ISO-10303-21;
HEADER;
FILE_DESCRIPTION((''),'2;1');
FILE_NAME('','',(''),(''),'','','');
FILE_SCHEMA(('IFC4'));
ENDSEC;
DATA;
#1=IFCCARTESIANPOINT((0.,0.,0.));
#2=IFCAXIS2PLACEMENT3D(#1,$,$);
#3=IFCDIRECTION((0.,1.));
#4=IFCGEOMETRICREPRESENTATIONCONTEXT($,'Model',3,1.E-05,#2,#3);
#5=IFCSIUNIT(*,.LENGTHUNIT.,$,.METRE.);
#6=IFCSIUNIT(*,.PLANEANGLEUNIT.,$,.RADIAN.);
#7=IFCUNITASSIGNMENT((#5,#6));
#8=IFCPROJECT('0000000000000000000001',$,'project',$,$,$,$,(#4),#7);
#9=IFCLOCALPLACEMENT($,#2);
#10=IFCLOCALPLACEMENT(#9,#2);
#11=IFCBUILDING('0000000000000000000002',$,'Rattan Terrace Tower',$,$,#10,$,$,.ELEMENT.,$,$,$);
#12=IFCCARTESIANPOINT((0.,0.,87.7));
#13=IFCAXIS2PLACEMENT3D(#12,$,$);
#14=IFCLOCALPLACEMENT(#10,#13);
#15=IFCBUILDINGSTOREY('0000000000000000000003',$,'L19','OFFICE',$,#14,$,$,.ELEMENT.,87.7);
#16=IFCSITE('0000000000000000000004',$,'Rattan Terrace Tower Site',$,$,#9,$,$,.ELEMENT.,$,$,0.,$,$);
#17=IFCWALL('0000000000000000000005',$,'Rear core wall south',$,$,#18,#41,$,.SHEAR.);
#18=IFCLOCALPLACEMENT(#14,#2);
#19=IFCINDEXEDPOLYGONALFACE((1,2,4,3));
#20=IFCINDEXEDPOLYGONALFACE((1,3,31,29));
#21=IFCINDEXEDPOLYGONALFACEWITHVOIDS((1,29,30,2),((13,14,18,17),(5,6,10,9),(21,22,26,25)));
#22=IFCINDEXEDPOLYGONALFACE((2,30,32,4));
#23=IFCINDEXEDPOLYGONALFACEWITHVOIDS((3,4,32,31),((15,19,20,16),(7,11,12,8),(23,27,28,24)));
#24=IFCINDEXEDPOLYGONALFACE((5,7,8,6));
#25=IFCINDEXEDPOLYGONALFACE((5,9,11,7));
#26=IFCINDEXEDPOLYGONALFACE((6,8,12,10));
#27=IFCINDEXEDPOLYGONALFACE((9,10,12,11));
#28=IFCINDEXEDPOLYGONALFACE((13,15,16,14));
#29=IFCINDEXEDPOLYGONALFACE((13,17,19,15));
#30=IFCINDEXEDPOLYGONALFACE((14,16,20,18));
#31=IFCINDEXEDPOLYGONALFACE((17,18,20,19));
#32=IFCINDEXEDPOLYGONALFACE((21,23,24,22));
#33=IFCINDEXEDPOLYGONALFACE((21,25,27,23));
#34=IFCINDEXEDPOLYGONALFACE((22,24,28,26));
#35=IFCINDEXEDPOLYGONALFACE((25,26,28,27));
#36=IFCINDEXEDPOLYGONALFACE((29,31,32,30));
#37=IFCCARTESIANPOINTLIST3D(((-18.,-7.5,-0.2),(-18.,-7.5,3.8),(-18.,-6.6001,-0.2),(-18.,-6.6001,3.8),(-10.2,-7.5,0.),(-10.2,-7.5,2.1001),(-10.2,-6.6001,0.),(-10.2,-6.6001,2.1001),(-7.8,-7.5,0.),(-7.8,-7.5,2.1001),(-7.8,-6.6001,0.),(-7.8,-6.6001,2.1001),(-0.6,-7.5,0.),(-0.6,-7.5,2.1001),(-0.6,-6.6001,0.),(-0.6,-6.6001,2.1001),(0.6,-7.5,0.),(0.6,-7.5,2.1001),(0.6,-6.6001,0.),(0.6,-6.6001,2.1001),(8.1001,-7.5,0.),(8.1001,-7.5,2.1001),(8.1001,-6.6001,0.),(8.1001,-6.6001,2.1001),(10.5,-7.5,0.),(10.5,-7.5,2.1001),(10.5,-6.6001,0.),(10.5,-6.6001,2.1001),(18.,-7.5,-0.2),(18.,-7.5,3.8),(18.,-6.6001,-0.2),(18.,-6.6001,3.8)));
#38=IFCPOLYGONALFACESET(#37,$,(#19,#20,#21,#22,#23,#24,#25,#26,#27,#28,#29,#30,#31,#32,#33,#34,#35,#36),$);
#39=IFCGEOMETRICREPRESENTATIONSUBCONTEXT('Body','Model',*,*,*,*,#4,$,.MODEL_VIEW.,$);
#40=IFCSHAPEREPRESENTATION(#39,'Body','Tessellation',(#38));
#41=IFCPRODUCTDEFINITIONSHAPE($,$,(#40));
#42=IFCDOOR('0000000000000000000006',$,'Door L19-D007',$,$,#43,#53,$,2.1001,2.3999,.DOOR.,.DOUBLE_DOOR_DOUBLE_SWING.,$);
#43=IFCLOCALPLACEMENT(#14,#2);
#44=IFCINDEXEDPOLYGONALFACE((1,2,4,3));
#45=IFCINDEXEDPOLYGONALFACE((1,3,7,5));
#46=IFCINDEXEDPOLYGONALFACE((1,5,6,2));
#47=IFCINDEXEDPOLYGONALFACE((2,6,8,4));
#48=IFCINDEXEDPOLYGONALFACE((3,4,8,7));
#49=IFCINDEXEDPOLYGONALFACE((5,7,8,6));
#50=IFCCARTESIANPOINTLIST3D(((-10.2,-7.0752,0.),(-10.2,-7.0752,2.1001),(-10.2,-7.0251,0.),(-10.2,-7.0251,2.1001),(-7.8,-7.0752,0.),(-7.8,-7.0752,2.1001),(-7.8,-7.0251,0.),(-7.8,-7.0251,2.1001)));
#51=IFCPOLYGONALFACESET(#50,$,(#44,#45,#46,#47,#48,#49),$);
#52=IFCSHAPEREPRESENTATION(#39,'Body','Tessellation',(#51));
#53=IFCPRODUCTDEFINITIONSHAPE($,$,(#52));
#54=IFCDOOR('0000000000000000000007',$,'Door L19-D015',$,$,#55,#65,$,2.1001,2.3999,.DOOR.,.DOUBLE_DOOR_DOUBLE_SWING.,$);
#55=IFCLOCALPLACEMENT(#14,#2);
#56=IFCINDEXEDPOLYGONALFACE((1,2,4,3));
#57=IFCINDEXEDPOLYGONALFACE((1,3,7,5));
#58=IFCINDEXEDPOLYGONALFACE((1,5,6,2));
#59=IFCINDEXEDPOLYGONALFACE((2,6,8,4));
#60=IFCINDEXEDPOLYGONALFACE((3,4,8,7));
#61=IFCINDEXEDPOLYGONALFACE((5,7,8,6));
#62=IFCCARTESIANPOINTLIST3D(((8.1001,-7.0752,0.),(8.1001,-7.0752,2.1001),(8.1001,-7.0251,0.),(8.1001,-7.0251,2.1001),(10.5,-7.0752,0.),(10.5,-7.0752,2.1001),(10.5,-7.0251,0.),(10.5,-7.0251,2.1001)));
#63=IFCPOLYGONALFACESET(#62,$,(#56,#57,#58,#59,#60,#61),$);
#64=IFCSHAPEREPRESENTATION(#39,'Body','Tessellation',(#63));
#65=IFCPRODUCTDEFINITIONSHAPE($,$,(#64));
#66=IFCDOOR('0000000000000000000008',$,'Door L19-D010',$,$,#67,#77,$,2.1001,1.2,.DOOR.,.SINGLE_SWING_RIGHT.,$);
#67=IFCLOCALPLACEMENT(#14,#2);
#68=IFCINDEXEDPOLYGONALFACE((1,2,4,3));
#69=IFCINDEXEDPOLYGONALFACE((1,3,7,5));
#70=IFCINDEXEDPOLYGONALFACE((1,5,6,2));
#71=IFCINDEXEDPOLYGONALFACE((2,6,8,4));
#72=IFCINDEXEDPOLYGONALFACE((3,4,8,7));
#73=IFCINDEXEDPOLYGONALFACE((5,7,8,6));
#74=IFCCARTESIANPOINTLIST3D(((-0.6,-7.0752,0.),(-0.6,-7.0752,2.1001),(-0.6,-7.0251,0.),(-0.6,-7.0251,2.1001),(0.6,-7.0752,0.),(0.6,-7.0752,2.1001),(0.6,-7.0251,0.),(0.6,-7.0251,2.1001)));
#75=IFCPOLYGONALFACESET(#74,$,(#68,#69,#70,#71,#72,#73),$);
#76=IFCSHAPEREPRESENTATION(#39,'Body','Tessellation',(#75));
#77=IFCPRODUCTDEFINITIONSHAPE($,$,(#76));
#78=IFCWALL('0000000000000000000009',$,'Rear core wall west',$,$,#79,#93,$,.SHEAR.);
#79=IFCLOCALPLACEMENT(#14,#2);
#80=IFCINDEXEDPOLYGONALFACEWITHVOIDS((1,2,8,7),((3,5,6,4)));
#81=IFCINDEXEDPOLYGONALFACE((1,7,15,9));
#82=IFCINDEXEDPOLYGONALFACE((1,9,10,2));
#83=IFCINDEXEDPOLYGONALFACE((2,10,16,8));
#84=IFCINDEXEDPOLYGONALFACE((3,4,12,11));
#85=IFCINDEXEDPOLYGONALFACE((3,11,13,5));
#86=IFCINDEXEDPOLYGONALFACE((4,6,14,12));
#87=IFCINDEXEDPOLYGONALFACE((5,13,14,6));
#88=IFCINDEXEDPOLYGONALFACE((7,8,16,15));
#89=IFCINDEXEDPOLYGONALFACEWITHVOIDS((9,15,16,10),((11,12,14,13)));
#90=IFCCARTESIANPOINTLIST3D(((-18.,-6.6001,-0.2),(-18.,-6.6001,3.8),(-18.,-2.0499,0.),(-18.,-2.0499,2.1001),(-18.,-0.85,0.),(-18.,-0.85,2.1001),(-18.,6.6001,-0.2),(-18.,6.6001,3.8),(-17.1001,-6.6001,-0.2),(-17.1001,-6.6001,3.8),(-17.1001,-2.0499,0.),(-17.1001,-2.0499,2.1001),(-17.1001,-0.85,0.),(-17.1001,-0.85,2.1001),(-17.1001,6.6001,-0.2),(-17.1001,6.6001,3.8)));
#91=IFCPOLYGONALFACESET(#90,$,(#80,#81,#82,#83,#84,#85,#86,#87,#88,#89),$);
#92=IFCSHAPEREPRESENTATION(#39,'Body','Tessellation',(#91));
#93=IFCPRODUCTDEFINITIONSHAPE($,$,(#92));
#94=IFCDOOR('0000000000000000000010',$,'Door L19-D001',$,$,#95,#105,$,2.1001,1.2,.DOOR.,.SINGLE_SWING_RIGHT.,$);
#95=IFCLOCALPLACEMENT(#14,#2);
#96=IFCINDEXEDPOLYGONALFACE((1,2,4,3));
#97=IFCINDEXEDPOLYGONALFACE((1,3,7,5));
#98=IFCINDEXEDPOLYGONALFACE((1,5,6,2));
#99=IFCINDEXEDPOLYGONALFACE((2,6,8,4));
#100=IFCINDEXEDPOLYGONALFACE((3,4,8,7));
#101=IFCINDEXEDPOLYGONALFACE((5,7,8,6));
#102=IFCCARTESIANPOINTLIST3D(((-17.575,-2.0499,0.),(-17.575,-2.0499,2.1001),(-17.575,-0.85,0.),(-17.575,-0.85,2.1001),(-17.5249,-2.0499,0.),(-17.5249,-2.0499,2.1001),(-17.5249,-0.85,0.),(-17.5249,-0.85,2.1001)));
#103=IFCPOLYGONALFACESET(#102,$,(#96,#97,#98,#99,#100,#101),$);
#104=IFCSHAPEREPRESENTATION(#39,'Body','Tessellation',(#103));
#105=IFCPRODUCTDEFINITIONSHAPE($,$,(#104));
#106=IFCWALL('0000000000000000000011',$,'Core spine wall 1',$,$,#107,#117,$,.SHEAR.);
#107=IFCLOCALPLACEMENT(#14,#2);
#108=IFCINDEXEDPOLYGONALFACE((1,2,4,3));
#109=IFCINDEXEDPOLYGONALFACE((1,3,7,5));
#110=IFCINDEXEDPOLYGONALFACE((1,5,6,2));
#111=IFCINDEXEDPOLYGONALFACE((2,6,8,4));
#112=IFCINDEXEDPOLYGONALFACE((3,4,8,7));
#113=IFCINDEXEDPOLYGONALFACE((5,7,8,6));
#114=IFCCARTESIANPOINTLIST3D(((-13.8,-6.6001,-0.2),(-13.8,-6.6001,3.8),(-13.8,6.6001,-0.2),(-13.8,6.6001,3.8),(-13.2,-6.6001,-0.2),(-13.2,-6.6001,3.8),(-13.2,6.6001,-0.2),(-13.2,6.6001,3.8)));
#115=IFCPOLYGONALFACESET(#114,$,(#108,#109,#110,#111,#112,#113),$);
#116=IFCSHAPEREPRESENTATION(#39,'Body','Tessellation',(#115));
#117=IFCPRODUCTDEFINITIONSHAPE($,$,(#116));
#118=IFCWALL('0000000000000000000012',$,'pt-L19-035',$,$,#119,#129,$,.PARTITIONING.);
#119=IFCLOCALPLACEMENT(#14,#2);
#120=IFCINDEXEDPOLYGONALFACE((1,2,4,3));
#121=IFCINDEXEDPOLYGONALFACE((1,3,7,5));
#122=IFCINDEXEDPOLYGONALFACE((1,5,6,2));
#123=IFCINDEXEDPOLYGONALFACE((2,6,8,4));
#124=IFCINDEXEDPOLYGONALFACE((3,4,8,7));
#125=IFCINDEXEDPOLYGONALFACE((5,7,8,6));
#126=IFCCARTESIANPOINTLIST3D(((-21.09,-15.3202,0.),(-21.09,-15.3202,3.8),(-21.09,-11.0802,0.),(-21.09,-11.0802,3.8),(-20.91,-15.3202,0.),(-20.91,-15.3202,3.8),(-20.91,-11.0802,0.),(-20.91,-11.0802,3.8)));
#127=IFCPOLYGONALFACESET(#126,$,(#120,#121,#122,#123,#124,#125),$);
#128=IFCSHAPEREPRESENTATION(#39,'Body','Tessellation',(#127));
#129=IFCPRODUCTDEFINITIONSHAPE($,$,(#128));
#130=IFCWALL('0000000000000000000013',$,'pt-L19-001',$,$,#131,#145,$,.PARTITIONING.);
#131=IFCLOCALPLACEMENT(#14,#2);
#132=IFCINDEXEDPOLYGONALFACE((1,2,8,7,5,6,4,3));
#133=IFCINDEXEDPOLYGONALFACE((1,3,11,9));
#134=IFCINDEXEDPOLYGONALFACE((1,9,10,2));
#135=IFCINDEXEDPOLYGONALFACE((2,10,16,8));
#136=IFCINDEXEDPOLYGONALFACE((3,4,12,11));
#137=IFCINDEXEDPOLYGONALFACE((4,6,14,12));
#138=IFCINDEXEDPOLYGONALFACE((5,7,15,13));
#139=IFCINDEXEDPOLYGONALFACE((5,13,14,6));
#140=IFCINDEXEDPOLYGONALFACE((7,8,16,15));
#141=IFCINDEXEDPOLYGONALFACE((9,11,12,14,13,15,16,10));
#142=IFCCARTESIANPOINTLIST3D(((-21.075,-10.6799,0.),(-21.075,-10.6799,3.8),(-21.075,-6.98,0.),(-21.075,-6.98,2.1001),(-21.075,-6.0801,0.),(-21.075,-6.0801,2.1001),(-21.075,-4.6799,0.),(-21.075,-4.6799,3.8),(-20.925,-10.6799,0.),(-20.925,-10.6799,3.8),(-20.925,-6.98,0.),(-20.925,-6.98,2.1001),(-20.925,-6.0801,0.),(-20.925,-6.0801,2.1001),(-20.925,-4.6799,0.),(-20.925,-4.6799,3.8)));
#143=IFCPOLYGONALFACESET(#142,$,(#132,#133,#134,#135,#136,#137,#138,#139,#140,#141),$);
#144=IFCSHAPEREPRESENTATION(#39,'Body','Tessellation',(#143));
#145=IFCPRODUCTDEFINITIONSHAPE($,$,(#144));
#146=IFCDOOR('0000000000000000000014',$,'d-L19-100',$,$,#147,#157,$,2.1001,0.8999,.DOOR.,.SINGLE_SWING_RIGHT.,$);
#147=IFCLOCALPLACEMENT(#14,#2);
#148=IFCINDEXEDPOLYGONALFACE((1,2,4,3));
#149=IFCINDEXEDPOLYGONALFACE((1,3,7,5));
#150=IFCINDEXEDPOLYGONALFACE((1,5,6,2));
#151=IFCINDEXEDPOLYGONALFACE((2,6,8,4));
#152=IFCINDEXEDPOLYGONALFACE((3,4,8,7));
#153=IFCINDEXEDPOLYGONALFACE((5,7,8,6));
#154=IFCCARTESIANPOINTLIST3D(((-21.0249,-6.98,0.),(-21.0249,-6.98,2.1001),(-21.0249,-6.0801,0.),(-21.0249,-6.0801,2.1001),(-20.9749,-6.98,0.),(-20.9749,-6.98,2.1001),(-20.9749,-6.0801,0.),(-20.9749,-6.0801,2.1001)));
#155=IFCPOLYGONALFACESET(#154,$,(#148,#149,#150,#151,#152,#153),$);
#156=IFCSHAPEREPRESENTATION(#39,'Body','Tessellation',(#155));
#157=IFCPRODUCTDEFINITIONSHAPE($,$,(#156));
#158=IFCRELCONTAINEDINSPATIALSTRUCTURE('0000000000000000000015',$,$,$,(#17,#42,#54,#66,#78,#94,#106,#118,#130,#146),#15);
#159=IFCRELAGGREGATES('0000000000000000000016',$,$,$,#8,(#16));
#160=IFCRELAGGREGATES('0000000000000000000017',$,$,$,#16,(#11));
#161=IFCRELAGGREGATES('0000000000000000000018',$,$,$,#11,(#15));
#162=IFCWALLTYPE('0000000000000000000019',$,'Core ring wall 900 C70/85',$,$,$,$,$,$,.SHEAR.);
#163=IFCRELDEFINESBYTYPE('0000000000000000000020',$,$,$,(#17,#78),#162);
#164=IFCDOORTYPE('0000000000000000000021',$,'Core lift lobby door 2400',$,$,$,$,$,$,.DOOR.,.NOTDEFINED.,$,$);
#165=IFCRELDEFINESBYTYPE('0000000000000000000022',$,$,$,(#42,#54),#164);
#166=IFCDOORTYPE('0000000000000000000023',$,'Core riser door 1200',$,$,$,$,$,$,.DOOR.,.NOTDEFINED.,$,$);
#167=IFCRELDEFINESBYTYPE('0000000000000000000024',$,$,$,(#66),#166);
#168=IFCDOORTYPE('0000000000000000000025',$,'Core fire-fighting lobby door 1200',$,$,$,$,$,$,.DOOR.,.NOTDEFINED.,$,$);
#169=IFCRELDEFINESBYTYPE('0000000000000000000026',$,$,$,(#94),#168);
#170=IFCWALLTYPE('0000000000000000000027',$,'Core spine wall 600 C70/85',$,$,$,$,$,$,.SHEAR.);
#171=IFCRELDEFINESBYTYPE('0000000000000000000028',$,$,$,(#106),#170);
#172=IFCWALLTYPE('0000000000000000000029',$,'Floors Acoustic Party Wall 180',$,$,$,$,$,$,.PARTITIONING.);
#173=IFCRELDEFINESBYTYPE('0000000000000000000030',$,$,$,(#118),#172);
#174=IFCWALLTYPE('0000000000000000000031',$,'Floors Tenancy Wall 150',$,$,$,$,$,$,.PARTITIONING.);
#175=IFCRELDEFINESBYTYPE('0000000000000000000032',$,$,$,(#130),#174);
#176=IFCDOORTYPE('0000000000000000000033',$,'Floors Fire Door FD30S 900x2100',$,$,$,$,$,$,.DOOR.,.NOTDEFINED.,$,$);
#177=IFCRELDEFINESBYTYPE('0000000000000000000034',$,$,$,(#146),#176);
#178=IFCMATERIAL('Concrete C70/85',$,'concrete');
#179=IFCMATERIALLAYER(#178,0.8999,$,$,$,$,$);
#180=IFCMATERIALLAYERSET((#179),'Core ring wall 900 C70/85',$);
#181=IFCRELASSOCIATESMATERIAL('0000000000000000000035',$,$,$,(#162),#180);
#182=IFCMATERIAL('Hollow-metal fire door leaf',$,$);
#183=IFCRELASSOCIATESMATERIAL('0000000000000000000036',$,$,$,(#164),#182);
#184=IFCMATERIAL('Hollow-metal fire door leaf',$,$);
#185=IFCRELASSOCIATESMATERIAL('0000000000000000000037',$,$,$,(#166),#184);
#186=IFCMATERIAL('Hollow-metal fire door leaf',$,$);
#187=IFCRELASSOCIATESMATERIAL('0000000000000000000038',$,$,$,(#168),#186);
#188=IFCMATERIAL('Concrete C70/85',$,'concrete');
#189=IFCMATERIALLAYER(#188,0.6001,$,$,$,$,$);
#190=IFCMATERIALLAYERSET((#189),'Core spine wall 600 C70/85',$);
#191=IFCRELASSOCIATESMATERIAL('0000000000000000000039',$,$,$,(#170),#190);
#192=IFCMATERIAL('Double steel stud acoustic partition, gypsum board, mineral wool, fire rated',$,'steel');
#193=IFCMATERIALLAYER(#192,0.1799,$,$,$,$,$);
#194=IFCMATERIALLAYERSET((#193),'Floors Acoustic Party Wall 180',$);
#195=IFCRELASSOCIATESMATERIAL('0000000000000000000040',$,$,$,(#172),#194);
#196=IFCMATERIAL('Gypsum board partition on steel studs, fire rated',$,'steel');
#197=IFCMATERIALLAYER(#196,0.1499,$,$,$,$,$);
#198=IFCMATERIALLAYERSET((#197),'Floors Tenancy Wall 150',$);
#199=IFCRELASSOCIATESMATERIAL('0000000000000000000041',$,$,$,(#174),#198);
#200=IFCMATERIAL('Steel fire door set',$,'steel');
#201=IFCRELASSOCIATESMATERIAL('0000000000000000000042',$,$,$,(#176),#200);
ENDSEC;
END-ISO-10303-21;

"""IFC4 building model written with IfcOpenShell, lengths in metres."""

from ifc_helpers import new_model, si_unit, direction, frame, frame_2d, origin, place, context, subcontext, project, spatial, rectangle, extrude, material, layer, layer_set, type_object, element, fill, save


model = new_model("IFC4")

# Units and contexts
model_context = context("Model", 3, precision=1e-05, world=origin(), true_north=direction((0.0, 1.0)))
body_context = subcontext(model_context, "Body", "Model", "MODEL_VIEW")
ifc_project = project(units=[si_unit("LENGTHUNIT", "METRE"), si_unit("PLANEANGLEUNIT", "RADIAN")], contexts=[model_context])

# Site, building, storey
site_placement = place(None, origin())
site = spatial("IfcSite", under=ifc_project, at=site_placement, Name="Rattan Terrace Tower Site", CompositionType="ELEMENT", RefElevation=0.0)
building_placement = place(site_placement, origin())
building = spatial("IfcBuilding", under=site, at=building_placement, Name="Rattan Terrace Tower", CompositionType="ELEMENT")
storey_placement = place(building_placement, frame((0.0, 0.0, 87.7)))
storey = spatial("IfcBuildingStorey", under=building, at=storey_placement, Name="L19", Description="OFFICE", CompositionType="ELEMENT", Elevation=87.7)

# Wall, openings, doors
ifc_material_1 = material(Name="Concrete C70/85", Category="concrete")
ifc_layer_1 = layer(ifc_material_1, 0.8999)
ifc_layer_set_1 = layer_set([ifc_layer_1], Name="Core ring wall 900 C70/85")
wall_type_1 = type_object("IfcWallType", Name="Core ring wall 900 C70/85", PredefinedType="SHEAR", material=ifc_layer_set_1)
wall_1_placement = place(storey_placement, frame((-18.0, -7.05, -0.2), z_axis=(0.0, 0.0, 1.0), x_axis=(1.0, 0.0, 0.0)))
wall_1 = element("IfcWall", 1, at=wall_1_placement, inside=storey, type_object=wall_type_1, Name="Rear core wall south", PredefinedType="SHEAR", context=body_context, shape_type="SweptSolid", body=[
    extrude(rectangle(XDim=36.0, YDim=0.8999, at=frame_2d((18.0, 0.0))), origin(), (0.0, 0.0, 1.0), 4.0),
])
opening_1_placement = place(wall_1_placement, frame((7.8, 0.0, 0.2)))
opening_1 = element("IfcOpeningElement", 2, at=opening_1_placement, cuts=wall_1, PredefinedType="OPENING", context=body_context, shape_type="SweptSolid", body=[
    extrude(rectangle(XDim=2.3999, YDim=2.1001, at=frame_2d((1.2, 1.05))), frame((0.0, 0.4604, 0.0), z_axis=(0.0, -1.0, 0.0), x_axis=(1.0, 0.0, 0.0)), (0.0, 0.0, 1.0), 0.9209),
])
opening_2_placement = place(wall_1_placement, frame((17.3999, 0.0, 0.2)))
opening_2 = element("IfcOpeningElement", 3, at=opening_2_placement, cuts=wall_1, PredefinedType="OPENING", context=body_context, shape_type="SweptSolid", body=[
    extrude(rectangle(XDim=1.2, YDim=2.1001, at=frame_2d((0.6001, 1.05))), frame((0.0, 0.4604, 0.0), z_axis=(0.0, -1.0, 0.0), x_axis=(1.0, 0.0, 0.0)), (0.0, 0.0, 1.0), 0.9209),
])
opening_3_placement = place(wall_1_placement, frame((26.1001, 0.0, 0.2)))
opening_3 = element("IfcOpeningElement", 4, at=opening_3_placement, cuts=wall_1, PredefinedType="OPENING", context=body_context, shape_type="SweptSolid", body=[
    extrude(rectangle(XDim=2.3999, YDim=2.1001, at=frame_2d((1.2, 1.05))), frame((0.0, 0.4604, 0.0), z_axis=(0.0, -1.0, 0.0), x_axis=(1.0, 0.0, 0.0)), (0.0, 0.0, 1.0), 0.9209),
])
ifc_material_2 = material(Name="Hollow-metal fire door leaf")
door_type_1 = type_object("IfcDoorType", Name="Core lift lobby door 2400", OperationType="NOTDEFINED", PredefinedType="DOOR", material=ifc_material_2)
door_1_placement = place(opening_1_placement, origin())
door_1 = element("IfcDoor", 5, at=door_1_placement, inside=storey, type_object=door_type_1, Name="Door L19-D007", OperationType="DOUBLE_DOOR_DOUBLE_SWING", OverallHeight=2.1001, OverallWidth=2.3999, PredefinedType="DOOR", context=body_context, shape_type="SweptSolid", body=[
    extrude(rectangle(XDim=2.3999, YDim=2.1001, at=frame_2d((1.2, 1.05))), frame((0.0, 0.0249, 0.0), z_axis=(0.0, -1.0, 0.0), x_axis=(1.0, 0.0, 0.0)), (0.0, 0.0, 1.0), 0.05),
])
fill(opening_1, door_1)
door_2_placement = place(opening_3_placement, origin())
door_2 = element("IfcDoor", 6, at=door_2_placement, inside=storey, type_object=door_type_1, Name="Door L19-D015", OperationType="DOUBLE_DOOR_DOUBLE_SWING", OverallHeight=2.1001, OverallWidth=2.3999, PredefinedType="DOOR", context=body_context, shape_type="SweptSolid", body=[
    extrude(rectangle(XDim=2.3999, YDim=2.1001, at=frame_2d((1.2, 1.05))), frame((0.0, 0.0249, 0.0), z_axis=(0.0, -1.0, 0.0), x_axis=(1.0, 0.0, 0.0)), (0.0, 0.0, 1.0), 0.05),
])
fill(opening_3, door_2)
ifc_material_3 = material(Name="Hollow-metal fire door leaf")
door_type_2 = type_object("IfcDoorType", Name="Core riser door 1200", OperationType="NOTDEFINED", PredefinedType="DOOR", material=ifc_material_3)
door_3_placement = place(opening_2_placement, origin())
door_3 = element("IfcDoor", 7, at=door_3_placement, inside=storey, type_object=door_type_2, Name="Door L19-D010", OperationType="SINGLE_SWING_RIGHT", OverallHeight=2.1001, OverallWidth=1.2, PredefinedType="DOOR", context=body_context, shape_type="SweptSolid", body=[
    extrude(rectangle(XDim=1.2, YDim=2.1001, at=frame_2d((0.6001, 1.05))), frame((0.0, 0.0249, 0.0), z_axis=(0.0, -1.0, 0.0), x_axis=(1.0, 0.0, 0.0)), (0.0, 0.0, 1.0), 0.05),
])
fill(opening_2, door_3)

# Wall, opening, door
wall_2_placement = place(storey_placement, frame((-17.55, -6.6001, -0.2), z_axis=(0.0, 0.0, 1.0), x_axis=(0.0, 1.0, 0.0)))
wall_2 = element("IfcWall", 8, at=wall_2_placement, inside=storey, type_object=wall_type_1, Name="Rear core wall west", PredefinedType="SHEAR", context=body_context, shape_type="SweptSolid", body=[
    extrude(rectangle(XDim=13.2002, YDim=0.8999, at=frame_2d((6.6001, 0.0))), origin(), (0.0, 0.0, 1.0), 4.0),
])
opening_4_placement = place(wall_2_placement, frame((4.55, 0.0, 0.2)))
opening_4 = element("IfcOpeningElement", 9, at=opening_4_placement, cuts=wall_2, PredefinedType="OPENING", context=body_context, shape_type="SweptSolid", body=[
    extrude(rectangle(XDim=1.2, YDim=2.1001, at=frame_2d((0.6001, 1.05))), frame((0.0, 0.4604, 0.0), z_axis=(0.0, -1.0, 0.0), x_axis=(1.0, 0.0, 0.0)), (0.0, 0.0, 1.0), 0.9209),
])
ifc_material_4 = material(Name="Hollow-metal fire door leaf")
door_type_3 = type_object("IfcDoorType", Name="Core fire-fighting lobby door 1200", OperationType="NOTDEFINED", PredefinedType="DOOR", material=ifc_material_4)
door_4_placement = place(opening_4_placement, origin())
door_4 = element("IfcDoor", 10, at=door_4_placement, inside=storey, type_object=door_type_3, Name="Door L19-D001", OperationType="SINGLE_SWING_RIGHT", OverallHeight=2.1001, OverallWidth=1.2, PredefinedType="DOOR", context=body_context, shape_type="SweptSolid", body=[
    extrude(rectangle(XDim=1.2, YDim=2.1001, at=frame_2d((0.6001, 1.05))), frame((0.0, 0.0249, 0.0), z_axis=(0.0, -1.0, 0.0), x_axis=(1.0, 0.0, 0.0)), (0.0, 0.0, 1.0), 0.05),
])
fill(opening_4, door_4)

# Walls
ifc_material_5 = material(Name="Concrete C70/85", Category="concrete")
ifc_layer_2 = layer(ifc_material_5, 0.6001)
ifc_layer_set_2 = layer_set([ifc_layer_2], Name="Core spine wall 600 C70/85")
wall_type_2 = type_object("IfcWallType", Name="Core spine wall 600 C70/85", PredefinedType="SHEAR", material=ifc_layer_set_2)
wall_3_placement = place(storey_placement, frame((-13.5, -6.6001, -0.2), z_axis=(0.0, 0.0, 1.0), x_axis=(0.0, 1.0, 0.0)))
element("IfcWall", 11, at=wall_3_placement, inside=storey, type_object=wall_type_2, Name="Core spine wall 1", PredefinedType="SHEAR", context=body_context, shape_type="SweptSolid", body=[
    extrude(rectangle(XDim=13.2002, YDim=0.6001, at=frame_2d((6.6001, 0.0))), origin(), (0.0, 0.0, 1.0), 4.0),
])
ifc_material_6 = material(Name="Double steel stud acoustic partition, gypsum board, mineral wool, fire rated", Category="steel")
ifc_layer_3 = layer(ifc_material_6, 0.1799)
ifc_layer_set_3 = layer_set([ifc_layer_3], Name="Floors Acoustic Party Wall 180")
wall_type_3 = type_object("IfcWallType", Name="Floors Acoustic Party Wall 180", PredefinedType="PARTITIONING", material=ifc_layer_set_3)
wall_4_placement = place(storey_placement, frame((-21.0, -11.0801, 0.0), z_axis=(0.0, 0.0, 1.0), x_axis=(0.0, -1.0, 0.0)))
element("IfcWall", 12, at=wall_4_placement, inside=storey, type_object=wall_type_3, Name="pt-L19-035", PredefinedType="PARTITIONING", context=body_context, shape_type="SweptSolid", body=[
    extrude(rectangle(XDim=4.24, YDim=0.1799, at=frame_2d((2.1201, 0.0))), origin(), (0.0, 0.0, 1.0), 3.8),
])

# Wall, opening, door
ifc_material_7 = material(Name="Gypsum board partition on steel studs, fire rated", Category="steel")
ifc_layer_4 = layer(ifc_material_7, 0.1499)
ifc_layer_set_4 = layer_set([ifc_layer_4], Name="Floors Tenancy Wall 150")
wall_type_4 = type_object("IfcWallType", Name="Floors Tenancy Wall 150", PredefinedType="PARTITIONING", material=ifc_layer_set_4)
wall_5_placement = place(storey_placement, frame((-21.0, -10.6799, 0.0), z_axis=(0.0, 0.0, 1.0), x_axis=(0.0, 1.0, 0.0)))
wall_5 = element("IfcWall", 13, at=wall_5_placement, inside=storey, type_object=wall_type_4, Name="pt-L19-001", PredefinedType="PARTITIONING", context=body_context, shape_type="SweptSolid", body=[
    extrude(rectangle(XDim=6.0, YDim=0.1499, at=frame_2d((3.0, 0.0))), origin(), (0.0, 0.0, 1.0), 3.8),
])
opening_5_placement = place(wall_5_placement, frame((3.7, 0.0, 0.0)))
opening_5 = element("IfcOpeningElement", 14, at=opening_5_placement, cuts=wall_5, PredefinedType="OPENING", context=body_context, shape_type="SweptSolid", body=[
    extrude(rectangle(XDim=0.8999, YDim=2.1001, at=frame_2d((0.45, 1.05))), frame((0.0, 0.0854, 0.0), z_axis=(0.0, -1.0, 0.0), x_axis=(1.0, 0.0, 0.0)), (0.0, 0.0, 1.0), 0.1709),
])
ifc_material_8 = material(Name="Steel fire door set", Category="steel")
door_type_4 = type_object("IfcDoorType", Name="Floors Fire Door FD30S 900x2100", OperationType="NOTDEFINED", PredefinedType="DOOR", material=ifc_material_8)
door_5_placement = place(opening_5_placement, origin())
door_5 = element("IfcDoor", 15, at=door_5_placement, inside=storey, type_object=door_type_4, Name="d-L19-100", OperationType="SINGLE_SWING_RIGHT", OverallHeight=2.1001, OverallWidth=0.8999, PredefinedType="DOOR", context=body_context, shape_type="SweptSolid", body=[
    extrude(rectangle(XDim=0.8999, YDim=2.1001, at=frame_2d((0.45, 1.05))), frame((0.0, 0.0249, 0.0), z_axis=(0.0, -1.0, 0.0), x_axis=(1.0, 0.0, 0.0)), (0.0, 0.0, 1.0), 0.05),
])
fill(opening_5, door_5)

save(model, "model.ifc")
